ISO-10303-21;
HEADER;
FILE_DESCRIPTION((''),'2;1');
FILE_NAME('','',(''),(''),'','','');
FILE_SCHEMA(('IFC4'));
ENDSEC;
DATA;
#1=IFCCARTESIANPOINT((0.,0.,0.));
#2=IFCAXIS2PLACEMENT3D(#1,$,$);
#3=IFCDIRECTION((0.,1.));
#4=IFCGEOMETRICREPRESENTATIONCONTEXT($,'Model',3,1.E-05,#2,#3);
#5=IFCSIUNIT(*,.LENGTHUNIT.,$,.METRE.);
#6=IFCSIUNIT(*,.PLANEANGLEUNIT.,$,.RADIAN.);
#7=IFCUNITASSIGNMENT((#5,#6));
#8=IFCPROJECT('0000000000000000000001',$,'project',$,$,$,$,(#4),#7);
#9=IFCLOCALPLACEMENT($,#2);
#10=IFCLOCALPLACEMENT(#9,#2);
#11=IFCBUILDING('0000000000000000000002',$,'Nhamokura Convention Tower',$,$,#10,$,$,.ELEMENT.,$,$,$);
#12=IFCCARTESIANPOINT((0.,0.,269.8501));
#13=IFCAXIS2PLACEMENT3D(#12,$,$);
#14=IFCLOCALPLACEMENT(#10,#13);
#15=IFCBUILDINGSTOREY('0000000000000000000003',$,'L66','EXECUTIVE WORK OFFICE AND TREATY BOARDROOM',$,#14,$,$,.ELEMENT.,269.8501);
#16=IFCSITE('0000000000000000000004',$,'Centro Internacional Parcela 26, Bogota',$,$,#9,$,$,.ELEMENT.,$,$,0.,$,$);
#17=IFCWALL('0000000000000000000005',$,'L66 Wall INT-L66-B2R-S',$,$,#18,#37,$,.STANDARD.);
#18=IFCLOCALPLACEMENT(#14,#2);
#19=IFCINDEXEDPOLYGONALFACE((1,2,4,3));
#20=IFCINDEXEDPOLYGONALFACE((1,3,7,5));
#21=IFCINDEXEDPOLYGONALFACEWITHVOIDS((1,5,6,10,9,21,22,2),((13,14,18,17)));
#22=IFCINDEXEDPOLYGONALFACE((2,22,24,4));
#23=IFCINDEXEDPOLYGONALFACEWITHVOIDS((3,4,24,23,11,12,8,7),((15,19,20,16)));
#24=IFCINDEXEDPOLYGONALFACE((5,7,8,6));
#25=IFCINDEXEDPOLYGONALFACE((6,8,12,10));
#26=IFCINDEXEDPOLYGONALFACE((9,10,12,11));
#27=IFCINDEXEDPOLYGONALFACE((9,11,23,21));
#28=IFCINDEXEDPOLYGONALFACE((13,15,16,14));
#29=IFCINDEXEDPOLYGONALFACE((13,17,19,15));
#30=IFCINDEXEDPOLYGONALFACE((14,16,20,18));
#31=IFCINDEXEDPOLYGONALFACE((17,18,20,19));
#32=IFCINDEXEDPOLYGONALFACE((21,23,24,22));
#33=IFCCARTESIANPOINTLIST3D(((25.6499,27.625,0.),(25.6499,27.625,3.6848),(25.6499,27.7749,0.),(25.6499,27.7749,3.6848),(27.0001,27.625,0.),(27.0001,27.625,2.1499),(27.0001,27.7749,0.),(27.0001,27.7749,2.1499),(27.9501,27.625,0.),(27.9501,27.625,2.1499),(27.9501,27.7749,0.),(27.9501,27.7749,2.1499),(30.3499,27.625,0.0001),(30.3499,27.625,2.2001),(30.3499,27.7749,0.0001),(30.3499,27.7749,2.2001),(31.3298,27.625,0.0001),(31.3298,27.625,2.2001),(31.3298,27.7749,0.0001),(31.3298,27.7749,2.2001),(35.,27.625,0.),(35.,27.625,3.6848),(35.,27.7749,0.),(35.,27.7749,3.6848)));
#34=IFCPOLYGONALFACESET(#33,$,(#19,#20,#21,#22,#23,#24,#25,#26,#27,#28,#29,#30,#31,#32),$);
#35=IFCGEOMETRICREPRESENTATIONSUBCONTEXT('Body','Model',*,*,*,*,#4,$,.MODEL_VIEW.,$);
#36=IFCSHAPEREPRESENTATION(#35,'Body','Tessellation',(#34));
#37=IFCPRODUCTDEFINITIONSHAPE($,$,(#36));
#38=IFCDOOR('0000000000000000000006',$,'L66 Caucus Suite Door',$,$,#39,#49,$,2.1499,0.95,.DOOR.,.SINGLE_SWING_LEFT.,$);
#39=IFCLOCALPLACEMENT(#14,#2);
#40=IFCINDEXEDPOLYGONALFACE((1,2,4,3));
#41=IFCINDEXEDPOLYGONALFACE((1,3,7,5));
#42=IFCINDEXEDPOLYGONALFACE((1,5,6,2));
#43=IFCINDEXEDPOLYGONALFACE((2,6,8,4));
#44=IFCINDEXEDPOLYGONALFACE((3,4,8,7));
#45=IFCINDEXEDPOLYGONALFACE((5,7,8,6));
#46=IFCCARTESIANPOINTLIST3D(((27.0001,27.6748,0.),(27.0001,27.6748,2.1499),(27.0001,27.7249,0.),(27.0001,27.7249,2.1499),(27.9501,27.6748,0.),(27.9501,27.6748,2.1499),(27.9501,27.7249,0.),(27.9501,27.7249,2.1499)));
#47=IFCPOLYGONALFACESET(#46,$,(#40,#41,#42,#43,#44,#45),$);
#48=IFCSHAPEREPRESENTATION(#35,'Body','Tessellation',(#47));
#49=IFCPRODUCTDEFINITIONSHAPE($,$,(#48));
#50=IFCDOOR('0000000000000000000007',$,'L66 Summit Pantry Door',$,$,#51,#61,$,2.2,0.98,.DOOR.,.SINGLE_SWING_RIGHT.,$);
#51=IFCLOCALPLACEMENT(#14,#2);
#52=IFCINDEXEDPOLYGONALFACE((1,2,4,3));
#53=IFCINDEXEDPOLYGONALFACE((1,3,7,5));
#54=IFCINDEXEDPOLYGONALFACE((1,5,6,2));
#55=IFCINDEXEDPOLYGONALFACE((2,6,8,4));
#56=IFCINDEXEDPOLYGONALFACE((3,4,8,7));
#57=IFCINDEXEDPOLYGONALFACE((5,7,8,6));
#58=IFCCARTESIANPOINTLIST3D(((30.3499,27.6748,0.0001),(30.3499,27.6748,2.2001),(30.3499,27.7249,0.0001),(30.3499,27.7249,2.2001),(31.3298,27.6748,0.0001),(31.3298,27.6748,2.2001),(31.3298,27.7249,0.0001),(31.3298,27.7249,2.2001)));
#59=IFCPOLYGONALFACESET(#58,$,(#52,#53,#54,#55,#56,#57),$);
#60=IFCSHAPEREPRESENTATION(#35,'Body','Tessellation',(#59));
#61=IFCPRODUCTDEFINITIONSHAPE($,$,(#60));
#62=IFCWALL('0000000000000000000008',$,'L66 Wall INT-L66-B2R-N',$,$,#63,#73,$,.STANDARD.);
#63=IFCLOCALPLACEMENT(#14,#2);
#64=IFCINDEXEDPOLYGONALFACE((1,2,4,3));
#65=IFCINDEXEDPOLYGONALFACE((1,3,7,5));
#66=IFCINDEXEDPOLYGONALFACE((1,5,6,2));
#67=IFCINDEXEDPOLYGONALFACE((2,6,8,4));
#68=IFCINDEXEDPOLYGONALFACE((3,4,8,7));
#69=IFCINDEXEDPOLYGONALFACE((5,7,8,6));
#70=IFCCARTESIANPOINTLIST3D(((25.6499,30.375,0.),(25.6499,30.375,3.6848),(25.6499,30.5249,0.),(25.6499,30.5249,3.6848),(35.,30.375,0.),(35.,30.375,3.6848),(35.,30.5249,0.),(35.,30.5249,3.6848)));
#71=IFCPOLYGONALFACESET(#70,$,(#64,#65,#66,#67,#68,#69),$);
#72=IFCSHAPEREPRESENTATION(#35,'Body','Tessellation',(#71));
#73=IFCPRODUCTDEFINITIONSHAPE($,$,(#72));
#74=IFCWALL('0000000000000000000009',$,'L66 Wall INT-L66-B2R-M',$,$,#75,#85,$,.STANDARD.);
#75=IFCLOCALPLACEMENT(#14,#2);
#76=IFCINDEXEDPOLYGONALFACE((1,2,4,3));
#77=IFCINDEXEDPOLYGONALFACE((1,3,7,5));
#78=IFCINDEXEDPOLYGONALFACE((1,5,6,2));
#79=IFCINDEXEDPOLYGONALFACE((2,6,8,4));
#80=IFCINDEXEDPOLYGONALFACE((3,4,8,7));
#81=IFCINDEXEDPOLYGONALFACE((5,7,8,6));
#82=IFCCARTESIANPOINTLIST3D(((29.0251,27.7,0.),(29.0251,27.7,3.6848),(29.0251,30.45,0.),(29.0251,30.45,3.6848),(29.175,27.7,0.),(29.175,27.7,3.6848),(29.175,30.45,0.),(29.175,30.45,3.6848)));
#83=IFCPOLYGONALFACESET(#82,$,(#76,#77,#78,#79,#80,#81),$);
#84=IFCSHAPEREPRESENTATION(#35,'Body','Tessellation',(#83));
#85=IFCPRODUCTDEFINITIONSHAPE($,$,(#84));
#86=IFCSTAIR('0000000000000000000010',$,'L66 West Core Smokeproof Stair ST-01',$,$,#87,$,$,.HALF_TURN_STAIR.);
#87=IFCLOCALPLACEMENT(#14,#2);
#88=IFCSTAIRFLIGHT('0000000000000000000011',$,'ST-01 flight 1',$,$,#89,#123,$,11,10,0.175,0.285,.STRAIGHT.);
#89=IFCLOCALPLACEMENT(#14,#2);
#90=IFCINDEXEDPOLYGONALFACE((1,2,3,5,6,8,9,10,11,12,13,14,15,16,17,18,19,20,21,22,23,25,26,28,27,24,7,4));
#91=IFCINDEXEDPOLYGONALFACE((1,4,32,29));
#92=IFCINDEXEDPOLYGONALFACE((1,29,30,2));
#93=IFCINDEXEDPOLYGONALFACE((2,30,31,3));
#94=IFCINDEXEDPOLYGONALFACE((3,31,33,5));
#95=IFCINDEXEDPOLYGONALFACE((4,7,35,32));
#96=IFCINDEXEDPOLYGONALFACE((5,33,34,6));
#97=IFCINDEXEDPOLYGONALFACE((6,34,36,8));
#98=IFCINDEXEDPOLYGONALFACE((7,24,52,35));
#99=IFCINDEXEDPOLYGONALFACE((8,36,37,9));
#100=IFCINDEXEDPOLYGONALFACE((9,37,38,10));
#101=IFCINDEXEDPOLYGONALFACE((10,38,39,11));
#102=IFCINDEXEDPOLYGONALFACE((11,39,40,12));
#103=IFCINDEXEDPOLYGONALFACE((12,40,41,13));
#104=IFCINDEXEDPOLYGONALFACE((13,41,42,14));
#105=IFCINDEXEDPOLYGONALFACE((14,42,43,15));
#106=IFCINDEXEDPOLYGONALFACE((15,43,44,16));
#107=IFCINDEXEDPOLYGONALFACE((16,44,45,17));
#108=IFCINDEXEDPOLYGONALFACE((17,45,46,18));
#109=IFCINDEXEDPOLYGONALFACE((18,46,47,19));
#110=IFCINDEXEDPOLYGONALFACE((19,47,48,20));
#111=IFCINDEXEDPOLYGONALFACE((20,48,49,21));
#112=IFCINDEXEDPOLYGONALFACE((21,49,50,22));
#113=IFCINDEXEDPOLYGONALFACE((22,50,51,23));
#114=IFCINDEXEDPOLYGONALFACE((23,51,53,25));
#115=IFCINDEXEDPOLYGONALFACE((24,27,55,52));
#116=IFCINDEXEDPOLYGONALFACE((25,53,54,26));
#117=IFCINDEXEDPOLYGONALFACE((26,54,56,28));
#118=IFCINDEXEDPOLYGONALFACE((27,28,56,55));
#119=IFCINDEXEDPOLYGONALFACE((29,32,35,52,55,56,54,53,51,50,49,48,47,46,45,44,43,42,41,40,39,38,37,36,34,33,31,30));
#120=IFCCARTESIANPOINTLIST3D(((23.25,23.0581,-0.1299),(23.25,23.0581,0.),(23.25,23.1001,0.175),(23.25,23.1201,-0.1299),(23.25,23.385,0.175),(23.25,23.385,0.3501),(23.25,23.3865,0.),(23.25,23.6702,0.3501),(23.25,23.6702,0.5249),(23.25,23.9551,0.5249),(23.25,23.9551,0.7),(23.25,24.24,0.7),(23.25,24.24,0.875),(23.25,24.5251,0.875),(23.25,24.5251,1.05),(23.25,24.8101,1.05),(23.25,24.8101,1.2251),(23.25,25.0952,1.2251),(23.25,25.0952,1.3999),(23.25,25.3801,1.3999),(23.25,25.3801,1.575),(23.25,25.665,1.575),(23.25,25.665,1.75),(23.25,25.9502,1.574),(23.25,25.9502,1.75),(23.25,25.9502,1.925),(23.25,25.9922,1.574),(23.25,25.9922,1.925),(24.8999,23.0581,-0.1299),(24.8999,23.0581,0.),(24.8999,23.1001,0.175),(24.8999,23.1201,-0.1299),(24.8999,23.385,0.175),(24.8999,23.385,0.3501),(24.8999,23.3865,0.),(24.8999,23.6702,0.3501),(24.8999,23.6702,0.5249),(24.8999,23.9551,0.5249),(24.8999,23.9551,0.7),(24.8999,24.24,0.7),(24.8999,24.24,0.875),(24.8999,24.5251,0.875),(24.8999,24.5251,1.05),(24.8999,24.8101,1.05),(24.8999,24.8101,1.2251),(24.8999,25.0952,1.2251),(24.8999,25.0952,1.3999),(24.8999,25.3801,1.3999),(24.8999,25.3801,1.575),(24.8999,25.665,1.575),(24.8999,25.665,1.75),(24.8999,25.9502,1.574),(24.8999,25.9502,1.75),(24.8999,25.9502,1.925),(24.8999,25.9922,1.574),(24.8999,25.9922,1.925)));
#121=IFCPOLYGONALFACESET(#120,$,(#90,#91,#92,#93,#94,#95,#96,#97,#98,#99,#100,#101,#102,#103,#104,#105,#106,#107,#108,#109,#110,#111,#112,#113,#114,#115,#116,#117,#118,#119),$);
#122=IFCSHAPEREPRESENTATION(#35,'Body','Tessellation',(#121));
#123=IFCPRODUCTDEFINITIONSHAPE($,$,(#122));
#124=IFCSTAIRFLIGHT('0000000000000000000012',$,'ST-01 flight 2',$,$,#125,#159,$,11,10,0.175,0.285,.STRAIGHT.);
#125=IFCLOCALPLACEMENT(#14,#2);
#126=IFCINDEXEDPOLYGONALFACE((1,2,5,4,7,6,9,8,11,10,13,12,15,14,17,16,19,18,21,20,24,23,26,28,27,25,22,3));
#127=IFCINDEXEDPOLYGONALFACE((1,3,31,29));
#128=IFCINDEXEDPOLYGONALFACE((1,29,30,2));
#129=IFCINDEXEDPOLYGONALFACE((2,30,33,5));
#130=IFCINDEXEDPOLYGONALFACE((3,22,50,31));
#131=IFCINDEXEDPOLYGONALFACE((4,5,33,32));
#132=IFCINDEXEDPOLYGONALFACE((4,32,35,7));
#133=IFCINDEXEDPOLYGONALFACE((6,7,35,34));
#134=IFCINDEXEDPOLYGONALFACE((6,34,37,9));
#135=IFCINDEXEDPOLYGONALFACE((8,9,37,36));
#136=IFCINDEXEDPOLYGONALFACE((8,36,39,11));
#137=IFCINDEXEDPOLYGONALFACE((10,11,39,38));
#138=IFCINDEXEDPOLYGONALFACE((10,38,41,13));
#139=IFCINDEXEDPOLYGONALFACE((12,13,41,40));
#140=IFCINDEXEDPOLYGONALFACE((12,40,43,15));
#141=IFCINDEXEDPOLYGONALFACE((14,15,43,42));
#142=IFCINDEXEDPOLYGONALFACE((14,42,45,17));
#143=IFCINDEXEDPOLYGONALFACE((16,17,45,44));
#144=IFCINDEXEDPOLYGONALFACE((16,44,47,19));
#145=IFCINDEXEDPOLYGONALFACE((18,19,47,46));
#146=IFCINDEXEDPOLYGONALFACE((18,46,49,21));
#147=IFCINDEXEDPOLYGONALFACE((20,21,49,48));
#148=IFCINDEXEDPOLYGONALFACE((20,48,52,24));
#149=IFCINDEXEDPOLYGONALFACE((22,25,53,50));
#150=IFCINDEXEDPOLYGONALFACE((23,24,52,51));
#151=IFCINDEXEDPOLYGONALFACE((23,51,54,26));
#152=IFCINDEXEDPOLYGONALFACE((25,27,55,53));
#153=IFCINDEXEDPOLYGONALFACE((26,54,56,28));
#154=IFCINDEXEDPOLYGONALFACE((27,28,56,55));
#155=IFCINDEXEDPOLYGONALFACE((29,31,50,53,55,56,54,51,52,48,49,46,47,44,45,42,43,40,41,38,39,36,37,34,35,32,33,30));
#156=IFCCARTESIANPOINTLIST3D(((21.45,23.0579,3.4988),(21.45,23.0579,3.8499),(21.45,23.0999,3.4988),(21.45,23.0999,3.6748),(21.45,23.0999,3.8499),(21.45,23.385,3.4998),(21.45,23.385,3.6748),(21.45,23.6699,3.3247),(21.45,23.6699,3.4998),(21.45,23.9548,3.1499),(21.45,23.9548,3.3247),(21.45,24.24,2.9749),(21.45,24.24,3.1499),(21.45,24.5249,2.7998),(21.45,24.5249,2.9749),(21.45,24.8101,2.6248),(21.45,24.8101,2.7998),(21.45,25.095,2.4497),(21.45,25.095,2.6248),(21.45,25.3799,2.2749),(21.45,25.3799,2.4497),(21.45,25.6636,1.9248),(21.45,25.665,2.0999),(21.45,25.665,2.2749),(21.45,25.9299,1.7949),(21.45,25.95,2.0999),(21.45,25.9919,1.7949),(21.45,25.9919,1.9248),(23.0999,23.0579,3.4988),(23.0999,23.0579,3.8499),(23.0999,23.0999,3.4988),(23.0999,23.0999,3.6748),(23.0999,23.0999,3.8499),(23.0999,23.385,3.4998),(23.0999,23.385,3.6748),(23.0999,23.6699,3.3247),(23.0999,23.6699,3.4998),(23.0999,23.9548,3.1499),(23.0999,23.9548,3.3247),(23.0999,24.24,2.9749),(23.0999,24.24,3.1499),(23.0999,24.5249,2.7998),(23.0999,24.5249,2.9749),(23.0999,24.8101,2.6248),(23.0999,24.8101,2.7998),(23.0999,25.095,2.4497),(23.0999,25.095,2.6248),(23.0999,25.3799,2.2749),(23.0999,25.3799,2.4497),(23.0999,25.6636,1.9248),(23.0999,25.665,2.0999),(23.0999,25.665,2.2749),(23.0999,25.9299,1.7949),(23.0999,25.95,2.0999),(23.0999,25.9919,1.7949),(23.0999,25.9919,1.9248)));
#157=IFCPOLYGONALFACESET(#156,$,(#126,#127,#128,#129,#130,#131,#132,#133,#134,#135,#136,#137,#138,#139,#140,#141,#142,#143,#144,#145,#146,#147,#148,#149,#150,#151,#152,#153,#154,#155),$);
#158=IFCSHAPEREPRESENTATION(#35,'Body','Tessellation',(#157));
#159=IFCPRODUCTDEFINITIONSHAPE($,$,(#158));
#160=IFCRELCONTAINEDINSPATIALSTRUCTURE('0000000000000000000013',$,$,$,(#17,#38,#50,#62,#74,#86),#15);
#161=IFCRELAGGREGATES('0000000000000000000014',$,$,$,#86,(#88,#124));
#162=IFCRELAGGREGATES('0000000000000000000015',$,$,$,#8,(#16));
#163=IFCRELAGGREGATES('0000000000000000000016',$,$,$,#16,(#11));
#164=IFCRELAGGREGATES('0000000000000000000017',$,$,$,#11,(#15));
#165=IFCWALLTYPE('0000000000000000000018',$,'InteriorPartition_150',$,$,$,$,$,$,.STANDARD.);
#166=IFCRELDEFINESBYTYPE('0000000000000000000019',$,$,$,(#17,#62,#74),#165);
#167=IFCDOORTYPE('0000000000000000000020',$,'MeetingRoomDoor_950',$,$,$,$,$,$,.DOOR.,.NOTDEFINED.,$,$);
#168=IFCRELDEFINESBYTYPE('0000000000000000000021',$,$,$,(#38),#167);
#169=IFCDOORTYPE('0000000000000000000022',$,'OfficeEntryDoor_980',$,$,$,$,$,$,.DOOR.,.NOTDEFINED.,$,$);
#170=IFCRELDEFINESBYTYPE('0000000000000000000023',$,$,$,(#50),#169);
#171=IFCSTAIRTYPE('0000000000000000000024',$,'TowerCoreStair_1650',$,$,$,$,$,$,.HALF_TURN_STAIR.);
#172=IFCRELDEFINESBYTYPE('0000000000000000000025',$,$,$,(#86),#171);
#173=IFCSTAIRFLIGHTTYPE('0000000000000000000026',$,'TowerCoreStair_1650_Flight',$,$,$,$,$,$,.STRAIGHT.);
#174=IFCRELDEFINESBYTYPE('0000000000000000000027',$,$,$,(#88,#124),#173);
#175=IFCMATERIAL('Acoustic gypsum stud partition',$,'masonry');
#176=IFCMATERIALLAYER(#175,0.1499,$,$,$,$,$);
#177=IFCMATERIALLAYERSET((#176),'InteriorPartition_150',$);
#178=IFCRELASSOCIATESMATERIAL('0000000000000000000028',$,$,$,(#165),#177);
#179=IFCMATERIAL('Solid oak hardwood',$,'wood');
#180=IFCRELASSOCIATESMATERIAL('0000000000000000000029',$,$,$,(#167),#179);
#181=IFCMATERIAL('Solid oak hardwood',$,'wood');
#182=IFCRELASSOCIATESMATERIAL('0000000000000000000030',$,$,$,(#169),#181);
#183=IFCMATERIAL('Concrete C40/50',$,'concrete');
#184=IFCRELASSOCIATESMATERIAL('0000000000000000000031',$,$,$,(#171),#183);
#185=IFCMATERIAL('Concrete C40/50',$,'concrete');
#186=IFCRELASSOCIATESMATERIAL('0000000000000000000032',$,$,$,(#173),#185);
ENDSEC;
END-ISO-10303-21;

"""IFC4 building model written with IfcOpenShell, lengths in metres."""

from ifc_helpers import new_model, si_unit, direction, frame, frame_2d, origin, place, context, subcontext, project, spatial, polyline, rectangle, outline, extrude, material, layer, layer_set, type_object, element, fill, aggregate, save


model = new_model("IFC4")

# Units and contexts
model_context = context("Model", 3, precision=1e-05, world=origin(), true_north=direction((0.0, 1.0)))
body_context = subcontext(model_context, "Body", "Model", "MODEL_VIEW")
ifc_project = project(units=[si_unit("LENGTHUNIT", "METRE"), si_unit("PLANEANGLEUNIT", "RADIAN")], contexts=[model_context])

# Site, building, storey
site_placement = place(None, origin())
site = spatial("IfcSite", under=ifc_project, at=site_placement, Name="Centro Internacional Parcela 26, Bogota", CompositionType="ELEMENT", RefElevation=0.0)
building_placement = place(site_placement, origin())
building = spatial("IfcBuilding", under=site, at=building_placement, Name="Nhamokura Convention Tower", CompositionType="ELEMENT")
storey_placement = place(building_placement, frame((0.0, 0.0, 269.8501)))
storey = spatial("IfcBuildingStorey", under=building, at=storey_placement, Name="L66", Description="EXECUTIVE WORK OFFICE AND TREATY BOARDROOM", CompositionType="ELEMENT", Elevation=269.8501)

# Wall, openings, doors
ifc_material_1 = material(Name="Acoustic gypsum stud partition", Category="masonry")
ifc_layer_1 = layer(ifc_material_1, 0.1499)
ifc_layer_set_1 = layer_set([ifc_layer_1], Name="InteriorPartition_150")
wall_type_1 = type_object("IfcWallType", Name="InteriorPartition_150", PredefinedType="STANDARD", material=ifc_layer_set_1)
ifc_material_2 = material(Name="Solid oak hardwood", Category="wood")
door_type_1 = type_object("IfcDoorType", Name="MeetingRoomDoor_950", OperationType="NOTDEFINED", PredefinedType="DOOR", material=ifc_material_2)
ifc_material_3 = material(Name="Solid oak hardwood", Category="wood")
door_type_2 = type_object("IfcDoorType", Name="OfficeEntryDoor_980", OperationType="NOTDEFINED", PredefinedType="DOOR", material=ifc_material_3)
wall_1_placement = place(storey_placement, frame((25.6499, 27.7, 0.0), z_axis=(0.0, 0.0, 1.0), x_axis=(1.0, 0.0, 0.0)))
wall_1 = element("IfcWall", 1, at=wall_1_placement, inside=storey, type_object=wall_type_1, Name="L66 Wall INT-L66-B2R-S", PredefinedType="STANDARD", context=body_context, shape_type="SweptSolid", body=[
    extrude(rectangle(XDim=9.3501, YDim=0.1499, at=frame_2d((4.675, 0.0))), origin(), (0.0, 0.0, 1.0), 3.6848),
])
opening_1_placement = place(wall_1_placement, frame((1.3501, 0.0, 0.0)))
opening_1 = element("IfcOpeningElement", 2, at=opening_1_placement, cuts=wall_1, PredefinedType="OPENING", context=body_context, shape_type="SweptSolid", body=[
    extrude(rectangle(XDim=0.95, YDim=2.1499, at=frame_2d((0.4751, 1.075))), frame((0.0, 0.085, 0.0), z_axis=(0.0, -1.0, 0.0), x_axis=(1.0, 0.0, 0.0)), (0.0, 0.0, 1.0), 0.1699),
])
opening_2_placement = place(wall_1_placement, frame((4.7, 0.0, 0.0)))
opening_2 = element("IfcOpeningElement", 3, at=opening_2_placement, cuts=wall_1, PredefinedType="OPENING", context=body_context, shape_type="SweptSolid", body=[
    extrude(rectangle(XDim=0.98, YDim=2.2, at=frame_2d((0.49, 1.1001))), frame((0.0, 0.085, 0.0), z_axis=(0.0, -1.0, 0.0), x_axis=(1.0, 0.0, 0.0)), (0.0, 0.0, 1.0), 0.1699),
])
door_1_placement = place(opening_1_placement, origin())
door_1 = element("IfcDoor", 4, at=door_1_placement, inside=storey, type_object=door_type_1, Name="L66 Caucus Suite Door", OperationType="SINGLE_SWING_LEFT", OverallHeight=2.1499, OverallWidth=0.95, PredefinedType="DOOR", context=body_context, shape_type="SweptSolid", body=[
    extrude(rectangle(XDim=0.95, YDim=2.1499, at=frame_2d((0.4751, 1.075))), frame((0.0, 0.0249, 0.0), z_axis=(0.0, -1.0, 0.0), x_axis=(1.0, 0.0, 0.0)), (0.0, 0.0, 1.0), 0.05),
])
fill(opening_1, door_1)
door_2_placement = place(opening_2_placement, origin())
door_2 = element("IfcDoor", 5, at=door_2_placement, inside=storey, type_object=door_type_2, Name="L66 Summit Pantry Door", OperationType="SINGLE_SWING_RIGHT", OverallHeight=2.2, OverallWidth=0.98, PredefinedType="DOOR", context=body_context, shape_type="SweptSolid", body=[
    extrude(rectangle(XDim=0.98, YDim=2.2, at=frame_2d((0.49, 1.1001))), frame((0.0, 0.0249, 0.0), z_axis=(0.0, -1.0, 0.0), x_axis=(1.0, 0.0, 0.0)), (0.0, 0.0, 1.0), 0.05),
])
fill(opening_2, door_2)

# Walls
wall_2_placement = place(storey_placement, frame((25.6499, 30.45, 0.0), z_axis=(0.0, 0.0, 1.0), x_axis=(1.0, 0.0, 0.0)))
element("IfcWall", 6, at=wall_2_placement, inside=storey, type_object=wall_type_1, Name="L66 Wall INT-L66-B2R-N", PredefinedType="STANDARD", context=body_context, shape_type="SweptSolid", body=[
    extrude(rectangle(XDim=9.3501, YDim=0.1499, at=frame_2d((4.675, 0.0))), origin(), (0.0, 0.0, 1.0), 3.6848),
])
wall_3_placement = place(storey_placement, frame((29.1001, 27.7, 0.0), z_axis=(0.0, 0.0, 1.0), x_axis=(0.0, 1.0, 0.0)))
element("IfcWall", 7, at=wall_3_placement, inside=storey, type_object=wall_type_1, Name="L66 Wall INT-L66-B2R-M", PredefinedType="STANDARD", context=body_context, shape_type="SweptSolid", body=[
    extrude(rectangle(XDim=2.75, YDim=0.1499, at=frame_2d((1.375, 0.0))), origin(), (0.0, 0.0, 1.0), 3.6848),
])

# Stair, stair flights
ifc_material_4 = material(Name="Concrete C40/50", Category="concrete")
stair_type = type_object("IfcStairType", Name="TowerCoreStair_1650", PredefinedType="HALF_TURN_STAIR", material=ifc_material_4)
stair_placement = place(storey_placement, origin())
stair = element("IfcStair", 8, at=stair_placement, inside=storey, type_object=stair_type, Name="L66 West Core Smokeproof Stair ST-01", PredefinedType="HALF_TURN_STAIR")
ifc_material_5 = material(Name="Concrete C40/50", Category="concrete")
stair_flight_type = type_object("IfcStairFlightType", Name="TowerCoreStair_1650_Flight", PredefinedType="STRAIGHT", material=ifc_material_5)
stair_flight_1_placement = place(storey_placement, frame((24.075, 23.1001, 0.0), z_axis=(0.0, 0.0, 1.0), x_axis=(0.0, 1.0, 0.0)))
stair_flight_1 = element("IfcStairFlight", 9, at=stair_flight_1_placement, type_object=stair_flight_type, Name="ST-01 flight 1", NumberOfRisers=11, NumberOfTreads=10, PredefinedType="STRAIGHT", RiserHeight=0.175, TreadLength=0.285, context=body_context, shape_type="SweptSolid", body=[
    extrude(outline(polyline([(-0.042, 0.0), (0.0, 0.175), (0.2849, 0.175), (0.2849, 0.3501), (0.5701, 0.3501), (0.5701, 0.5249), (0.855, 0.5249), (0.855, 0.7), (1.1399, 0.7), (1.1399, 0.875), (1.425, 0.875), (1.425, 1.05), (1.71, 1.05), (1.71, 1.2251), (1.9951, 1.2251), (1.9951, 1.3999), (2.28, 1.3999), (2.28, 1.575), (2.5649, 1.575), (2.5649, 1.75), (2.8501, 1.75), (2.8501, 1.925), (2.8921, 1.925), (2.8921, 1.574), (2.8501, 1.574), (0.2864, 0.0), (0.02, -0.1299), (-0.042, -0.1299), (-0.042, 0.0)])), frame((0.0, 0.825, 0.0), z_axis=(0.0, -1.0, 0.0), x_axis=(1.0, 0.0, 0.0)), (0.0, 0.0, 1.0), 1.6499),
])
stair_flight_2_placement = place(storey_placement, frame((22.2749, 25.95, 1.9248), z_axis=(0.0, 0.0, 1.0), x_axis=(0.0, -1.0, 0.0)))
stair_flight_2 = element("IfcStairFlight", 10, at=stair_flight_2_placement, type_object=stair_flight_type, Name="ST-01 flight 2", NumberOfRisers=11, NumberOfTreads=10, PredefinedType="STRAIGHT", RiserHeight=0.175, TreadLength=0.285, context=body_context, shape_type="SweptSolid", body=[
    extrude(outline(polyline([(-0.042, 0.0), (0.0, 0.175), (0.2849, 0.175), (0.2849, 0.3501), (0.5701, 0.3501), (0.5701, 0.5249), (0.855, 0.5249), (0.855, 0.7), (1.1399, 0.7), (1.1399, 0.875), (1.425, 0.875), (1.425, 1.05), (1.71, 1.05), (1.71, 1.2251), (1.9951, 1.2251), (1.9951, 1.3999), (2.28, 1.3999), (2.28, 1.575), (2.5649, 1.575), (2.5649, 1.75), (2.8501, 1.75), (2.8501, 1.925), (2.8921, 1.925), (2.8921, 1.574), (2.8501, 1.574), (0.2864, 0.0), (0.02, -0.1299), (-0.042, -0.1299), (-0.042, 0.0)])), frame((0.0, 0.825, 0.0), z_axis=(0.0, -1.0, 0.0), x_axis=(1.0, 0.0, 0.0)), (0.0, 0.0, 1.0), 1.6499),
])
aggregate(stair, [stair_flight_1, stair_flight_2])

save(model, "model.ifc")
